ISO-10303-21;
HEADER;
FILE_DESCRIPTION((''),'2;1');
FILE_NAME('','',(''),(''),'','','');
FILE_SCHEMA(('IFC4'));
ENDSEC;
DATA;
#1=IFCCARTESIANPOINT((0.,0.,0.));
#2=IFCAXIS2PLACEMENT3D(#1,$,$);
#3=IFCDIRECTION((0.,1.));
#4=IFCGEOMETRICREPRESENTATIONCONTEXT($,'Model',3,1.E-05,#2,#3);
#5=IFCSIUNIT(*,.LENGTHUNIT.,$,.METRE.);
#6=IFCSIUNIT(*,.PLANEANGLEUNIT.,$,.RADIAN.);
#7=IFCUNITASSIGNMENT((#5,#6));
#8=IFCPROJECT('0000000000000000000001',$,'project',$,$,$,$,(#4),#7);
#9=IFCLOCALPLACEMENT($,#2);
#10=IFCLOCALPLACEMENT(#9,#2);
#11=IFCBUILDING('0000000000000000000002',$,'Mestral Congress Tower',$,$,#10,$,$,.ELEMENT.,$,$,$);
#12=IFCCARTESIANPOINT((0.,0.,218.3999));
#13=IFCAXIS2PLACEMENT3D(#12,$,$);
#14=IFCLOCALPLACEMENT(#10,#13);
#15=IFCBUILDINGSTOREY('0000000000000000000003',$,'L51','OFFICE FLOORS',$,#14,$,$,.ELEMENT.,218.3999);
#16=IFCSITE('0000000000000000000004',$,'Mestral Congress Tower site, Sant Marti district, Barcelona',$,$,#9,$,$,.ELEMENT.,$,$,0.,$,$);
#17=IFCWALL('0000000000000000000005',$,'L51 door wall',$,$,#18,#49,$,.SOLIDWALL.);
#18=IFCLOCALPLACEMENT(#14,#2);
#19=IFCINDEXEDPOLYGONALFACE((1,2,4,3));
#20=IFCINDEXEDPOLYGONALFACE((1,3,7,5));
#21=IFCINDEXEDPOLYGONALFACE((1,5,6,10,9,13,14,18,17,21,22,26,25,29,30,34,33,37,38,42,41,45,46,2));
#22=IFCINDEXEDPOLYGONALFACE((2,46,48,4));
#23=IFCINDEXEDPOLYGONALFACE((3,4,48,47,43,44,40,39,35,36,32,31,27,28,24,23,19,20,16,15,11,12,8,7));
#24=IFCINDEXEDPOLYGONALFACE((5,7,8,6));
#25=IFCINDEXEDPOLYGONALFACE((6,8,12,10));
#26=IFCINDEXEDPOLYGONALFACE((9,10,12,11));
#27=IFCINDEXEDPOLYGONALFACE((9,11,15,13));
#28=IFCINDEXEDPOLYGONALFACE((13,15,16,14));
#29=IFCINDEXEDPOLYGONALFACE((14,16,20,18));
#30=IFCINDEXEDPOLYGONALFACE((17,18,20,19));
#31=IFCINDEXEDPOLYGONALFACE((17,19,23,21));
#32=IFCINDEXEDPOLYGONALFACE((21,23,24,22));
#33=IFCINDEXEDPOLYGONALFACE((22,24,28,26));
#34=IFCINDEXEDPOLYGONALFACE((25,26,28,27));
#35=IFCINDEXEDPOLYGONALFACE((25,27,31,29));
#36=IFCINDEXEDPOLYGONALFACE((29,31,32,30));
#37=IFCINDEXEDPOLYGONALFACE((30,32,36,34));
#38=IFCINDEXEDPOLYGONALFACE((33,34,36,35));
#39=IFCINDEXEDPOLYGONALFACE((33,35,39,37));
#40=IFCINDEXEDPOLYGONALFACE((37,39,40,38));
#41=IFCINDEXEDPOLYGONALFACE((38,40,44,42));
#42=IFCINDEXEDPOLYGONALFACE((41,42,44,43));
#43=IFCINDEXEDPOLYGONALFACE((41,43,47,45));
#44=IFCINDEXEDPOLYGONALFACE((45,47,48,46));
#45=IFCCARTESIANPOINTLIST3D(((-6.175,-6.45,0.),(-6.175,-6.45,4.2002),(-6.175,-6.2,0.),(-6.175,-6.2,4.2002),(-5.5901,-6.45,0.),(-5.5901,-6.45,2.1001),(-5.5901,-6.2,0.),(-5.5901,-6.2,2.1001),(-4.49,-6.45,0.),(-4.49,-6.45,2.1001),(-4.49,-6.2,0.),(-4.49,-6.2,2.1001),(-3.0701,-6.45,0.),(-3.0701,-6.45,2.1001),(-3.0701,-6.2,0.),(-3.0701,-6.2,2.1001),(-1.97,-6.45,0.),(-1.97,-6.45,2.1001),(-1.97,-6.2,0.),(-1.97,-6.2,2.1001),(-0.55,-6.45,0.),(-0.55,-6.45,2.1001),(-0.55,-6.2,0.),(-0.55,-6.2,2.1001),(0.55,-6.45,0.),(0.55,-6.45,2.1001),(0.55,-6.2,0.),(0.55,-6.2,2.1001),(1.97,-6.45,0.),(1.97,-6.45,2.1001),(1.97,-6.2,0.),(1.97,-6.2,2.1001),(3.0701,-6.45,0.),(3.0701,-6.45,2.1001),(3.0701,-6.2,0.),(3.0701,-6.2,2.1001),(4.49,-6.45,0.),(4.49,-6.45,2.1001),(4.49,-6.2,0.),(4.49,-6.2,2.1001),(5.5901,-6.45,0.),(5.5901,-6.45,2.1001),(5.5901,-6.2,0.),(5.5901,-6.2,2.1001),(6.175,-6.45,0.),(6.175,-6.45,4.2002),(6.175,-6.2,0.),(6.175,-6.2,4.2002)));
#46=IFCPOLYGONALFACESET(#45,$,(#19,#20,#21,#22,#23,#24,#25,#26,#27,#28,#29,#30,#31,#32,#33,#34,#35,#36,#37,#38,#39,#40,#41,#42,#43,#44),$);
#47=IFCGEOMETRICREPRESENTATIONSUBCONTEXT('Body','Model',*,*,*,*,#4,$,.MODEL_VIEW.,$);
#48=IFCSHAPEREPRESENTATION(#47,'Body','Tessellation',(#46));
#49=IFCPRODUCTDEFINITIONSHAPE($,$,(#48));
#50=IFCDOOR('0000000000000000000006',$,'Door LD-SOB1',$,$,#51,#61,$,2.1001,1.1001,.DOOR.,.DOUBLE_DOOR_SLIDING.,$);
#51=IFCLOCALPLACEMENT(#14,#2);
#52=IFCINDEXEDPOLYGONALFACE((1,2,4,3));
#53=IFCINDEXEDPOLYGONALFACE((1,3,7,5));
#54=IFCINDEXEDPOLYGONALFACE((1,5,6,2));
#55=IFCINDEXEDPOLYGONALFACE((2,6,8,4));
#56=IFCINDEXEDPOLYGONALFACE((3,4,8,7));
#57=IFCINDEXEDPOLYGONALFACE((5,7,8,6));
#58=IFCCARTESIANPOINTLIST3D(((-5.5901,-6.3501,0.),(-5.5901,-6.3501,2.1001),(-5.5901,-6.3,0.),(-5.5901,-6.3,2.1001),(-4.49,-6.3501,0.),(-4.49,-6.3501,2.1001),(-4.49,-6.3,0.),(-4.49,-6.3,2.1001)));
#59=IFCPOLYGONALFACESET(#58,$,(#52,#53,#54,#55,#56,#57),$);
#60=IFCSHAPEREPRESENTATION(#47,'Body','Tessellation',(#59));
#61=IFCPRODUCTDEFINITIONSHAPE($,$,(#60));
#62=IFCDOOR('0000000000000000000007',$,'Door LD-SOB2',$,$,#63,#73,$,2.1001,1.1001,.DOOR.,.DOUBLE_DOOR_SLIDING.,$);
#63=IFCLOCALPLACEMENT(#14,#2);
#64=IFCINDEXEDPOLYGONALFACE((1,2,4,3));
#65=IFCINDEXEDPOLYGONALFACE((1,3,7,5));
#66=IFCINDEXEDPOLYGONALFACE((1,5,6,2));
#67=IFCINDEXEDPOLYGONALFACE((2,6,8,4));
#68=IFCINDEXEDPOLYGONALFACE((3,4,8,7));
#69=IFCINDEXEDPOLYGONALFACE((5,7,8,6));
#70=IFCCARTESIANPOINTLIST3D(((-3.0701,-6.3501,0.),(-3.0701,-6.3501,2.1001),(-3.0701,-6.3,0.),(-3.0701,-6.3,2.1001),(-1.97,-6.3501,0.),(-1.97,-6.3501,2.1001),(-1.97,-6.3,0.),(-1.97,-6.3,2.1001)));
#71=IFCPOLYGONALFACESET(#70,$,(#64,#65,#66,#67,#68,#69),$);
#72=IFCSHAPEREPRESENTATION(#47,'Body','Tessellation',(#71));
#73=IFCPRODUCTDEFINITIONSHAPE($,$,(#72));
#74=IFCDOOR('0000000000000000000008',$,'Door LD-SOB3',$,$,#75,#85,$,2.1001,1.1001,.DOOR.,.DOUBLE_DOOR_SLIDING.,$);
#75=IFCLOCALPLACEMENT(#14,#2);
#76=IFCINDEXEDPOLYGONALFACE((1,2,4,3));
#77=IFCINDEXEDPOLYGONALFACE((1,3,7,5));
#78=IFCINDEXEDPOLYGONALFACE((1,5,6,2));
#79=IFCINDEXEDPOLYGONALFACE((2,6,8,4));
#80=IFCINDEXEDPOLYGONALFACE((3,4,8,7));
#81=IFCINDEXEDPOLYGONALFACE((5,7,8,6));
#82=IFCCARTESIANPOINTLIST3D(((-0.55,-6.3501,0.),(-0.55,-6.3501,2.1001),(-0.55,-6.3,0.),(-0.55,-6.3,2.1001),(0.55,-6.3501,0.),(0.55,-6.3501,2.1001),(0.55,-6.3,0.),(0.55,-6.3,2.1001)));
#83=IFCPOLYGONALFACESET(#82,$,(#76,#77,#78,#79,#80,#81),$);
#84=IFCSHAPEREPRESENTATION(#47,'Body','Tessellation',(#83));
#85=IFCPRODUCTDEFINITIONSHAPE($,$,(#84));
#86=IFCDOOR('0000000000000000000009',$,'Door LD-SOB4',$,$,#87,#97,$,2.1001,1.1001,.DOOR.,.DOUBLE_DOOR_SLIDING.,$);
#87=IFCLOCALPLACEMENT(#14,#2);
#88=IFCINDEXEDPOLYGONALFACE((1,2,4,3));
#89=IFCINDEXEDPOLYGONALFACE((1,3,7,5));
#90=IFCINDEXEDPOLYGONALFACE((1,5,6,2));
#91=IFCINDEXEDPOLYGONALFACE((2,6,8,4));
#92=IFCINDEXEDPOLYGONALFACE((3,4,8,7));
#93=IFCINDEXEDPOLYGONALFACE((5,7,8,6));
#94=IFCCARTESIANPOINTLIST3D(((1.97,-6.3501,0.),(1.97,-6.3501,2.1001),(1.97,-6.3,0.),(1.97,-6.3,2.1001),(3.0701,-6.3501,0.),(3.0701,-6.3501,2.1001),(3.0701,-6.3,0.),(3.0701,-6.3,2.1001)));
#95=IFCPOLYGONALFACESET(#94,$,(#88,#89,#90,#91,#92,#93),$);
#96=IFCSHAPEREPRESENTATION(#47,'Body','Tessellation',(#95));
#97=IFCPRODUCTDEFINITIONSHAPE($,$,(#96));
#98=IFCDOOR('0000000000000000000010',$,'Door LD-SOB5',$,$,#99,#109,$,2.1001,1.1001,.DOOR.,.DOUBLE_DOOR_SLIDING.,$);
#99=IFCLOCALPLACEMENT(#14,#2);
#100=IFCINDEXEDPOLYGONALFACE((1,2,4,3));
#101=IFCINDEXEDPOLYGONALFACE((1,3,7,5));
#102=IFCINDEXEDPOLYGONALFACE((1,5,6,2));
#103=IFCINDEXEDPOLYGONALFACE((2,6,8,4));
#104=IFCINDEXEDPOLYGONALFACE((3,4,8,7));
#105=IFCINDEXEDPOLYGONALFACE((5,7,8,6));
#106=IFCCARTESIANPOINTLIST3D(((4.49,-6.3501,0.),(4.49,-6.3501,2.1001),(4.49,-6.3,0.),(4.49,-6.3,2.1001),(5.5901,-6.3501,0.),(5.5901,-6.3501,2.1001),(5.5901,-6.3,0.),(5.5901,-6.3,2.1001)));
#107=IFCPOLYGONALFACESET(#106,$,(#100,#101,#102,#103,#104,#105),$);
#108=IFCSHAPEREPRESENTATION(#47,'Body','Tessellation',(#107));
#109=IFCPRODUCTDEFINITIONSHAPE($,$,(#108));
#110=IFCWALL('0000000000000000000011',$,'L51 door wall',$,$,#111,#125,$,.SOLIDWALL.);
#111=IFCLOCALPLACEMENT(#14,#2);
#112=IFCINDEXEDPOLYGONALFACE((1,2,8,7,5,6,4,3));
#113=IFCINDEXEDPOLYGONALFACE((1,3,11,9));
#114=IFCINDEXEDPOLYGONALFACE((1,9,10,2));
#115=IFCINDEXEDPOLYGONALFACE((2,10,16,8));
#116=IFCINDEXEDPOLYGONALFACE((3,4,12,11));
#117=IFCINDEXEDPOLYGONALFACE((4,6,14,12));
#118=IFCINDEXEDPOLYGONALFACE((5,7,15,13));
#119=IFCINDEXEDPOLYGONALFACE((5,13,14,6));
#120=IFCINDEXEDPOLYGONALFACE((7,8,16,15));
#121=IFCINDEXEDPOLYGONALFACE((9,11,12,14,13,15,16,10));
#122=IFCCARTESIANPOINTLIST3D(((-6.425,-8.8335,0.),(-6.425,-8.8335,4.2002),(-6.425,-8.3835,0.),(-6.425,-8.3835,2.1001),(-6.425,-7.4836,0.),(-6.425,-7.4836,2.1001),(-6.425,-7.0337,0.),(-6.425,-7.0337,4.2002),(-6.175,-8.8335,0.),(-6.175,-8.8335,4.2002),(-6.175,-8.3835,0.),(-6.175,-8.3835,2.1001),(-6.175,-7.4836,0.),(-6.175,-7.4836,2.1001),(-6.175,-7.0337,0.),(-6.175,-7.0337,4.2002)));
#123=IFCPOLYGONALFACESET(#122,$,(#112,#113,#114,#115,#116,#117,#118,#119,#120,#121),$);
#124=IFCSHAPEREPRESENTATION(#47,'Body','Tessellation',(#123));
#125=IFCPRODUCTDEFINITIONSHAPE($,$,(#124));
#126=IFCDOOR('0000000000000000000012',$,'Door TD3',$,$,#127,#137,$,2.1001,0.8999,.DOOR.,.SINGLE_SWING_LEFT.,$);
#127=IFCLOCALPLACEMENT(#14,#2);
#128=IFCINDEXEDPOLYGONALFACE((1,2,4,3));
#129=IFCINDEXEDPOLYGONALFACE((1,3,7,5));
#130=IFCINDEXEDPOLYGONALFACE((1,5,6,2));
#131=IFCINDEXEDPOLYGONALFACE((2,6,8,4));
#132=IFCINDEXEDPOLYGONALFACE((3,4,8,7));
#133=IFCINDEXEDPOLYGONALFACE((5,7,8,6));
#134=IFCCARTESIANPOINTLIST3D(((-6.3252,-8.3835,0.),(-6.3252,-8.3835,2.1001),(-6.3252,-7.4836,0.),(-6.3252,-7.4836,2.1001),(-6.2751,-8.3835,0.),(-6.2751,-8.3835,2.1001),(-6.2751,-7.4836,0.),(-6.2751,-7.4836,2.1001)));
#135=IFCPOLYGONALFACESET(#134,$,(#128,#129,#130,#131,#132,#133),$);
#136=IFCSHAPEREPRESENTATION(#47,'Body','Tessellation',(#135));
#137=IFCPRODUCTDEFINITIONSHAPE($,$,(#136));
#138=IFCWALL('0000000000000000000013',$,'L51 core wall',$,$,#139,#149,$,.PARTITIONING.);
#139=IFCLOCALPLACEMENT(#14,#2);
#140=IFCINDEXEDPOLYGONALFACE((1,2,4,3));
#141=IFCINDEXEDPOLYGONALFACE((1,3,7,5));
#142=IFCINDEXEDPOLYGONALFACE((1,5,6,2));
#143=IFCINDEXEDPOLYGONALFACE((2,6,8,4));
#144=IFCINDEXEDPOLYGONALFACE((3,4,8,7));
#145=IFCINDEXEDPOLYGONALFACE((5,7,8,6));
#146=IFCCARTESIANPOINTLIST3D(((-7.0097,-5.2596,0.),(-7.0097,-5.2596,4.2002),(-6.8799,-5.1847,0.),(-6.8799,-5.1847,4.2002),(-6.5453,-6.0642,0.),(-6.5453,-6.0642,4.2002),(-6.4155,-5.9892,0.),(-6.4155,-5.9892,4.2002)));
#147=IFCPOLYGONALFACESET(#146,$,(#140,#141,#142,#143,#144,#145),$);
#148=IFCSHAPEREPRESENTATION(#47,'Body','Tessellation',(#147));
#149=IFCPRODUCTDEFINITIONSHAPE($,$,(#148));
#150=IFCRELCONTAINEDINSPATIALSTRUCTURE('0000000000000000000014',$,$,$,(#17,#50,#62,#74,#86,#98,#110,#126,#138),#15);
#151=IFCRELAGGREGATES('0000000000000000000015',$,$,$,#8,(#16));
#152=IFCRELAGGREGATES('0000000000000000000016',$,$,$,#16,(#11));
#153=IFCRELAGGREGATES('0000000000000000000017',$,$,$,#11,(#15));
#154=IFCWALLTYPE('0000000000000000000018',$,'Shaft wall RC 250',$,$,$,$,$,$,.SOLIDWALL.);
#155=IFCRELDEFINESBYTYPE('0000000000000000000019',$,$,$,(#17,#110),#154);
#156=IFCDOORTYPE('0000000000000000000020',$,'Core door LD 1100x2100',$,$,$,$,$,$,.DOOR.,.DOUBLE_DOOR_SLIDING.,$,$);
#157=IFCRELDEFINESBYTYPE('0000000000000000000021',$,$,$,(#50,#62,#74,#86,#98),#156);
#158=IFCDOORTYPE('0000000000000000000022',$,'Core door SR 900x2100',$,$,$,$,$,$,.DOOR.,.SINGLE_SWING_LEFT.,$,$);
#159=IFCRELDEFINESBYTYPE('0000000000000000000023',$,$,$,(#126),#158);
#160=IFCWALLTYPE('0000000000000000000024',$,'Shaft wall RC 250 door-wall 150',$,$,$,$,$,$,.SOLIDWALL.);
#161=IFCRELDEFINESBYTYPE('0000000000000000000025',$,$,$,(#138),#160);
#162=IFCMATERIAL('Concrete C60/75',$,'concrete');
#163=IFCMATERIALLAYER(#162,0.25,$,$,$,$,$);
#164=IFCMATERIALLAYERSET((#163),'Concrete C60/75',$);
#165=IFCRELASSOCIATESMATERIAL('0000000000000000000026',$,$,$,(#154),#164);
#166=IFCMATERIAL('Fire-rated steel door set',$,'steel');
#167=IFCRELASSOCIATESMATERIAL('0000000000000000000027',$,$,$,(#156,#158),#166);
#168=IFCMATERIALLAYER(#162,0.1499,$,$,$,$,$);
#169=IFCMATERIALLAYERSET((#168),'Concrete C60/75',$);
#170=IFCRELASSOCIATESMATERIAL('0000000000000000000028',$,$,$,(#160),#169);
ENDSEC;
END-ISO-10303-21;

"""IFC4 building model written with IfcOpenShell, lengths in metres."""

from ifc_helpers import new_model, si_unit, direction, frame, frame_2d, origin, place, context, subcontext, project, spatial, rectangle, extrude, material, layer, layer_set, type_object, element, fill, save


model = new_model("IFC4")

# Units and contexts
model_context = context("Model", 3, precision=1e-05, world=origin(), true_north=direction((0.0, 1.0)))
body_context = subcontext(model_context, "Body", "Model", "MODEL_VIEW")
ifc_project = project(units=[si_unit("LENGTHUNIT", "METRE"), si_unit("PLANEANGLEUNIT", "RADIAN")], contexts=[model_context])

# Site, building, storey
site_placement = place(None, origin())
site = spatial("IfcSite", under=ifc_project, at=site_placement, Name="Mestral Congress Tower site, Sant Marti district, Barcelona", CompositionType="ELEMENT", RefElevation=0.0)
building_placement = place(site_placement, origin())
building = spatial("IfcBuilding", under=site, at=building_placement, Name="Mestral Congress Tower", CompositionType="ELEMENT")
storey_placement = place(building_placement, frame((0.0, 0.0, 218.3999)))
storey = spatial("IfcBuildingStorey", under=building, at=storey_placement, Name="L51", Description="OFFICE FLOORS", CompositionType="ELEMENT", Elevation=218.3999)

# Shared definitions
ifc_material_1 = material(Name="Concrete C60/75", Category="concrete")
ifc_layer_1 = layer(ifc_material_1, 0.25)
ifc_layer_set_1 = layer_set([ifc_layer_1], Name="Concrete C60/75")
wall_type_1 = type_object("IfcWallType", Name="Shaft wall RC 250", PredefinedType="SOLIDWALL", material=ifc_layer_set_1)

# Wall, openings, doors
wall_1_placement = place(storey_placement, frame((-6.175, -6.325, 0.0), z_axis=(0.0, 0.0, 1.0), x_axis=(1.0, 0.0, 0.0)))
wall_1 = element("IfcWall", 1, at=wall_1_placement, inside=storey, type_object=wall_type_1, Name="L51 door wall", PredefinedType="SOLIDWALL", context=body_context, shape_type="SweptSolid", body=[
    extrude(rectangle(XDim=12.3501, YDim=0.25, at=frame_2d((6.175, 0.0))), origin(), (0.0, 0.0, 1.0), 4.2002),
])
opening_1_placement = place(wall_1_placement, frame((0.585, 0.0, 0.0)))
opening_1 = element("IfcOpeningElement", 2, at=opening_1_placement, cuts=wall_1, PredefinedType="OPENING", context=body_context, shape_type="SweptSolid", body=[
    extrude(rectangle(XDim=1.1001, YDim=2.1001, at=frame_2d((0.55, 1.05))), frame((0.0, 0.135, 0.0), z_axis=(0.0, -1.0, 0.0), x_axis=(1.0, 0.0, 0.0)), (0.0, 0.0, 1.0), 0.27),
])
opening_2_placement = place(wall_1_placement, frame((3.105, 0.0, 0.0)))
opening_2 = element("IfcOpeningElement", 3, at=opening_2_placement, cuts=wall_1, PredefinedType="OPENING", context=body_context, shape_type="SweptSolid", body=[
    extrude(rectangle(XDim=1.1001, YDim=2.1001, at=frame_2d((0.55, 1.05))), frame((0.0, 0.135, 0.0), z_axis=(0.0, -1.0, 0.0), x_axis=(1.0, 0.0, 0.0)), (0.0, 0.0, 1.0), 0.27),
])
opening_3_placement = place(wall_1_placement, frame((5.625, 0.0, 0.0)))
opening_3 = element("IfcOpeningElement", 4, at=opening_3_placement, cuts=wall_1, PredefinedType="OPENING", context=body_context, shape_type="SweptSolid", body=[
    extrude(rectangle(XDim=1.1001, YDim=2.1001, at=frame_2d((0.55, 1.05))), frame((0.0, 0.135, 0.0), z_axis=(0.0, -1.0, 0.0), x_axis=(1.0, 0.0, 0.0)), (0.0, 0.0, 1.0), 0.27),
])
opening_4_placement = place(wall_1_placement, frame((8.145, 0.0, 0.0)))
opening_4 = element("IfcOpeningElement", 5, at=opening_4_placement, cuts=wall_1, PredefinedType="OPENING", context=body_context, shape_type="SweptSolid", body=[
    extrude(rectangle(XDim=1.1001, YDim=2.1001, at=frame_2d((0.55, 1.05))), frame((0.0, 0.135, 0.0), z_axis=(0.0, -1.0, 0.0), x_axis=(1.0, 0.0, 0.0)), (0.0, 0.0, 1.0), 0.27),
])
opening_5_placement = place(wall_1_placement, frame((10.665, 0.0, 0.0)))
opening_5 = element("IfcOpeningElement", 6, at=opening_5_placement, cuts=wall_1, PredefinedType="OPENING", context=body_context, shape_type="SweptSolid", body=[
    extrude(rectangle(XDim=1.1001, YDim=2.1001, at=frame_2d((0.55, 1.05))), frame((0.0, 0.135, 0.0), z_axis=(0.0, -1.0, 0.0), x_axis=(1.0, 0.0, 0.0)), (0.0, 0.0, 1.0), 0.27),
])
ifc_material_2 = material(Name="Fire-rated steel door set", Category="steel")
door_type_1 = type_object("IfcDoorType", Name="Core door LD 1100x2100", OperationType="DOUBLE_DOOR_SLIDING", PredefinedType="DOOR", material=ifc_material_2)
door_1_placement = place(opening_1_placement, origin())
door_1 = element("IfcDoor", 7, at=door_1_placement, inside=storey, type_object=door_type_1, Name="Door LD-SOB1", OperationType="DOUBLE_DOOR_SLIDING", OverallHeight=2.1001, OverallWidth=1.1001, PredefinedType="DOOR", context=body_context, shape_type="SweptSolid", body=[
    extrude(rectangle(XDim=1.1001, YDim=2.1001, at=frame_2d((0.55, 1.05))), frame((0.0, 0.0249, 0.0), z_axis=(0.0, -1.0, 0.0), x_axis=(1.0, 0.0, 0.0)), (0.0, 0.0, 1.0), 0.05),
])
fill(opening_1, door_1)
door_2_placement = place(opening_2_placement, origin())
door_2 = element("IfcDoor", 8, at=door_2_placement, inside=storey, type_object=door_type_1, Name="Door LD-SOB2", OperationType="DOUBLE_DOOR_SLIDING", OverallHeight=2.1001, OverallWidth=1.1001, PredefinedType="DOOR", context=body_context, shape_type="SweptSolid", body=[
    extrude(rectangle(XDim=1.1001, YDim=2.1001, at=frame_2d((0.55, 1.05))), frame((0.0, 0.0249, 0.0), z_axis=(0.0, -1.0, 0.0), x_axis=(1.0, 0.0, 0.0)), (0.0, 0.0, 1.0), 0.05),
])
fill(opening_2, door_2)
door_3_placement = place(opening_3_placement, origin())
door_3 = element("IfcDoor", 9, at=door_3_placement, inside=storey, type_object=door_type_1, Name="Door LD-SOB3", OperationType="DOUBLE_DOOR_SLIDING", OverallHeight=2.1001, OverallWidth=1.1001, PredefinedType="DOOR", context=body_context, shape_type="SweptSolid", body=[
    extrude(rectangle(XDim=1.1001, YDim=2.1001, at=frame_2d((0.55, 1.05))), frame((0.0, 0.0249, 0.0), z_axis=(0.0, -1.0, 0.0), x_axis=(1.0, 0.0, 0.0)), (0.0, 0.0, 1.0), 0.05),
])
fill(opening_3, door_3)
door_4_placement = place(opening_4_placement, origin())
door_4 = element("IfcDoor", 10, at=door_4_placement, inside=storey, type_object=door_type_1, Name="Door LD-SOB4", OperationType="DOUBLE_DOOR_SLIDING", OverallHeight=2.1001, OverallWidth=1.1001, PredefinedType="DOOR", context=body_context, shape_type="SweptSolid", body=[
    extrude(rectangle(XDim=1.1001, YDim=2.1001, at=frame_2d((0.55, 1.05))), frame((0.0, 0.0249, 0.0), z_axis=(0.0, -1.0, 0.0), x_axis=(1.0, 0.0, 0.0)), (0.0, 0.0, 1.0), 0.05),
])
fill(opening_4, door_4)
door_5_placement = place(opening_5_placement, origin())
door_5 = element("IfcDoor", 11, at=door_5_placement, inside=storey, type_object=door_type_1, Name="Door LD-SOB5", OperationType="DOUBLE_DOOR_SLIDING", OverallHeight=2.1001, OverallWidth=1.1001, PredefinedType="DOOR", context=body_context, shape_type="SweptSolid", body=[
    extrude(rectangle(XDim=1.1001, YDim=2.1001, at=frame_2d((0.55, 1.05))), frame((0.0, 0.0249, 0.0), z_axis=(0.0, -1.0, 0.0), x_axis=(1.0, 0.0, 0.0)), (0.0, 0.0, 1.0), 0.05),
])
fill(opening_5, door_5)

# Wall, opening, door
wall_2_placement = place(storey_placement, frame((-6.3, -7.0337, 0.0), z_axis=(0.0, 0.0, 1.0), x_axis=(0.0, -1.0, 0.0)))
wall_2 = element("IfcWall", 12, at=wall_2_placement, inside=storey, type_object=wall_type_1, Name="L51 door wall", PredefinedType="SOLIDWALL", context=body_context, shape_type="SweptSolid", body=[
    extrude(rectangle(XDim=1.7998, YDim=0.25, at=frame_2d((0.8999, 0.0))), origin(), (0.0, 0.0, 1.0), 4.2002),
])
opening_6_placement = place(wall_2_placement, frame((0.45, 0.0, 0.0)))
opening_6 = element("IfcOpeningElement", 13, at=opening_6_placement, cuts=wall_2, PredefinedType="OPENING", context=body_context, shape_type="SweptSolid", body=[
    extrude(rectangle(XDim=0.8999, YDim=2.1001, at=frame_2d((0.45, 1.05))), frame((0.0, 0.135, 0.0), z_axis=(0.0, -1.0, 0.0), x_axis=(1.0, 0.0, 0.0)), (0.0, 0.0, 1.0), 0.27),
])
door_type_2 = type_object("IfcDoorType", Name="Core door SR 900x2100", OperationType="SINGLE_SWING_LEFT", PredefinedType="DOOR", material=ifc_material_2)
door_6_placement = place(opening_6_placement, origin())
door_6 = element("IfcDoor", 14, at=door_6_placement, inside=storey, type_object=door_type_2, Name="Door TD3", OperationType="SINGLE_SWING_LEFT", OverallHeight=2.1001, OverallWidth=0.8999, PredefinedType="DOOR", context=body_context, shape_type="SweptSolid", body=[
    extrude(rectangle(XDim=0.8999, YDim=2.1001, at=frame_2d((0.45, 1.05))), frame((0.0, 0.0249, 0.0), z_axis=(0.0, -1.0, 0.0), x_axis=(1.0, 0.0, 0.0)), (0.0, 0.0, 1.0), 0.05),
])
fill(opening_6, door_6)

# Wall
ifc_layer_2 = layer(ifc_material_1, 0.1499)
ifc_layer_set_2 = layer_set([ifc_layer_2], Name="Concrete C60/75")
wall_type_2 = type_object("IfcWallType", Name="Shaft wall RC 250 door-wall 150", PredefinedType="SOLIDWALL", material=ifc_layer_set_2)
wall_3_placement = place(storey_placement, frame((-6.4805, -6.0266, 0.0), z_axis=(0.0, 0.0, 1.0), x_axis=(-0.499927, 0.866067, 0.0)))
element("IfcWall", 15, at=wall_3_placement, inside=storey, type_object=wall_type_2, Name="L51 core wall", PredefinedType="PARTITIONING", context=body_context, shape_type="SweptSolid", body=[
    extrude(rectangle(XDim=0.929, YDim=0.1499, at=frame_2d((0.4644, 0.0))), origin(), (0.0, 0.0, 1.0), 4.2002),
])

save(model, "model.ifc")
